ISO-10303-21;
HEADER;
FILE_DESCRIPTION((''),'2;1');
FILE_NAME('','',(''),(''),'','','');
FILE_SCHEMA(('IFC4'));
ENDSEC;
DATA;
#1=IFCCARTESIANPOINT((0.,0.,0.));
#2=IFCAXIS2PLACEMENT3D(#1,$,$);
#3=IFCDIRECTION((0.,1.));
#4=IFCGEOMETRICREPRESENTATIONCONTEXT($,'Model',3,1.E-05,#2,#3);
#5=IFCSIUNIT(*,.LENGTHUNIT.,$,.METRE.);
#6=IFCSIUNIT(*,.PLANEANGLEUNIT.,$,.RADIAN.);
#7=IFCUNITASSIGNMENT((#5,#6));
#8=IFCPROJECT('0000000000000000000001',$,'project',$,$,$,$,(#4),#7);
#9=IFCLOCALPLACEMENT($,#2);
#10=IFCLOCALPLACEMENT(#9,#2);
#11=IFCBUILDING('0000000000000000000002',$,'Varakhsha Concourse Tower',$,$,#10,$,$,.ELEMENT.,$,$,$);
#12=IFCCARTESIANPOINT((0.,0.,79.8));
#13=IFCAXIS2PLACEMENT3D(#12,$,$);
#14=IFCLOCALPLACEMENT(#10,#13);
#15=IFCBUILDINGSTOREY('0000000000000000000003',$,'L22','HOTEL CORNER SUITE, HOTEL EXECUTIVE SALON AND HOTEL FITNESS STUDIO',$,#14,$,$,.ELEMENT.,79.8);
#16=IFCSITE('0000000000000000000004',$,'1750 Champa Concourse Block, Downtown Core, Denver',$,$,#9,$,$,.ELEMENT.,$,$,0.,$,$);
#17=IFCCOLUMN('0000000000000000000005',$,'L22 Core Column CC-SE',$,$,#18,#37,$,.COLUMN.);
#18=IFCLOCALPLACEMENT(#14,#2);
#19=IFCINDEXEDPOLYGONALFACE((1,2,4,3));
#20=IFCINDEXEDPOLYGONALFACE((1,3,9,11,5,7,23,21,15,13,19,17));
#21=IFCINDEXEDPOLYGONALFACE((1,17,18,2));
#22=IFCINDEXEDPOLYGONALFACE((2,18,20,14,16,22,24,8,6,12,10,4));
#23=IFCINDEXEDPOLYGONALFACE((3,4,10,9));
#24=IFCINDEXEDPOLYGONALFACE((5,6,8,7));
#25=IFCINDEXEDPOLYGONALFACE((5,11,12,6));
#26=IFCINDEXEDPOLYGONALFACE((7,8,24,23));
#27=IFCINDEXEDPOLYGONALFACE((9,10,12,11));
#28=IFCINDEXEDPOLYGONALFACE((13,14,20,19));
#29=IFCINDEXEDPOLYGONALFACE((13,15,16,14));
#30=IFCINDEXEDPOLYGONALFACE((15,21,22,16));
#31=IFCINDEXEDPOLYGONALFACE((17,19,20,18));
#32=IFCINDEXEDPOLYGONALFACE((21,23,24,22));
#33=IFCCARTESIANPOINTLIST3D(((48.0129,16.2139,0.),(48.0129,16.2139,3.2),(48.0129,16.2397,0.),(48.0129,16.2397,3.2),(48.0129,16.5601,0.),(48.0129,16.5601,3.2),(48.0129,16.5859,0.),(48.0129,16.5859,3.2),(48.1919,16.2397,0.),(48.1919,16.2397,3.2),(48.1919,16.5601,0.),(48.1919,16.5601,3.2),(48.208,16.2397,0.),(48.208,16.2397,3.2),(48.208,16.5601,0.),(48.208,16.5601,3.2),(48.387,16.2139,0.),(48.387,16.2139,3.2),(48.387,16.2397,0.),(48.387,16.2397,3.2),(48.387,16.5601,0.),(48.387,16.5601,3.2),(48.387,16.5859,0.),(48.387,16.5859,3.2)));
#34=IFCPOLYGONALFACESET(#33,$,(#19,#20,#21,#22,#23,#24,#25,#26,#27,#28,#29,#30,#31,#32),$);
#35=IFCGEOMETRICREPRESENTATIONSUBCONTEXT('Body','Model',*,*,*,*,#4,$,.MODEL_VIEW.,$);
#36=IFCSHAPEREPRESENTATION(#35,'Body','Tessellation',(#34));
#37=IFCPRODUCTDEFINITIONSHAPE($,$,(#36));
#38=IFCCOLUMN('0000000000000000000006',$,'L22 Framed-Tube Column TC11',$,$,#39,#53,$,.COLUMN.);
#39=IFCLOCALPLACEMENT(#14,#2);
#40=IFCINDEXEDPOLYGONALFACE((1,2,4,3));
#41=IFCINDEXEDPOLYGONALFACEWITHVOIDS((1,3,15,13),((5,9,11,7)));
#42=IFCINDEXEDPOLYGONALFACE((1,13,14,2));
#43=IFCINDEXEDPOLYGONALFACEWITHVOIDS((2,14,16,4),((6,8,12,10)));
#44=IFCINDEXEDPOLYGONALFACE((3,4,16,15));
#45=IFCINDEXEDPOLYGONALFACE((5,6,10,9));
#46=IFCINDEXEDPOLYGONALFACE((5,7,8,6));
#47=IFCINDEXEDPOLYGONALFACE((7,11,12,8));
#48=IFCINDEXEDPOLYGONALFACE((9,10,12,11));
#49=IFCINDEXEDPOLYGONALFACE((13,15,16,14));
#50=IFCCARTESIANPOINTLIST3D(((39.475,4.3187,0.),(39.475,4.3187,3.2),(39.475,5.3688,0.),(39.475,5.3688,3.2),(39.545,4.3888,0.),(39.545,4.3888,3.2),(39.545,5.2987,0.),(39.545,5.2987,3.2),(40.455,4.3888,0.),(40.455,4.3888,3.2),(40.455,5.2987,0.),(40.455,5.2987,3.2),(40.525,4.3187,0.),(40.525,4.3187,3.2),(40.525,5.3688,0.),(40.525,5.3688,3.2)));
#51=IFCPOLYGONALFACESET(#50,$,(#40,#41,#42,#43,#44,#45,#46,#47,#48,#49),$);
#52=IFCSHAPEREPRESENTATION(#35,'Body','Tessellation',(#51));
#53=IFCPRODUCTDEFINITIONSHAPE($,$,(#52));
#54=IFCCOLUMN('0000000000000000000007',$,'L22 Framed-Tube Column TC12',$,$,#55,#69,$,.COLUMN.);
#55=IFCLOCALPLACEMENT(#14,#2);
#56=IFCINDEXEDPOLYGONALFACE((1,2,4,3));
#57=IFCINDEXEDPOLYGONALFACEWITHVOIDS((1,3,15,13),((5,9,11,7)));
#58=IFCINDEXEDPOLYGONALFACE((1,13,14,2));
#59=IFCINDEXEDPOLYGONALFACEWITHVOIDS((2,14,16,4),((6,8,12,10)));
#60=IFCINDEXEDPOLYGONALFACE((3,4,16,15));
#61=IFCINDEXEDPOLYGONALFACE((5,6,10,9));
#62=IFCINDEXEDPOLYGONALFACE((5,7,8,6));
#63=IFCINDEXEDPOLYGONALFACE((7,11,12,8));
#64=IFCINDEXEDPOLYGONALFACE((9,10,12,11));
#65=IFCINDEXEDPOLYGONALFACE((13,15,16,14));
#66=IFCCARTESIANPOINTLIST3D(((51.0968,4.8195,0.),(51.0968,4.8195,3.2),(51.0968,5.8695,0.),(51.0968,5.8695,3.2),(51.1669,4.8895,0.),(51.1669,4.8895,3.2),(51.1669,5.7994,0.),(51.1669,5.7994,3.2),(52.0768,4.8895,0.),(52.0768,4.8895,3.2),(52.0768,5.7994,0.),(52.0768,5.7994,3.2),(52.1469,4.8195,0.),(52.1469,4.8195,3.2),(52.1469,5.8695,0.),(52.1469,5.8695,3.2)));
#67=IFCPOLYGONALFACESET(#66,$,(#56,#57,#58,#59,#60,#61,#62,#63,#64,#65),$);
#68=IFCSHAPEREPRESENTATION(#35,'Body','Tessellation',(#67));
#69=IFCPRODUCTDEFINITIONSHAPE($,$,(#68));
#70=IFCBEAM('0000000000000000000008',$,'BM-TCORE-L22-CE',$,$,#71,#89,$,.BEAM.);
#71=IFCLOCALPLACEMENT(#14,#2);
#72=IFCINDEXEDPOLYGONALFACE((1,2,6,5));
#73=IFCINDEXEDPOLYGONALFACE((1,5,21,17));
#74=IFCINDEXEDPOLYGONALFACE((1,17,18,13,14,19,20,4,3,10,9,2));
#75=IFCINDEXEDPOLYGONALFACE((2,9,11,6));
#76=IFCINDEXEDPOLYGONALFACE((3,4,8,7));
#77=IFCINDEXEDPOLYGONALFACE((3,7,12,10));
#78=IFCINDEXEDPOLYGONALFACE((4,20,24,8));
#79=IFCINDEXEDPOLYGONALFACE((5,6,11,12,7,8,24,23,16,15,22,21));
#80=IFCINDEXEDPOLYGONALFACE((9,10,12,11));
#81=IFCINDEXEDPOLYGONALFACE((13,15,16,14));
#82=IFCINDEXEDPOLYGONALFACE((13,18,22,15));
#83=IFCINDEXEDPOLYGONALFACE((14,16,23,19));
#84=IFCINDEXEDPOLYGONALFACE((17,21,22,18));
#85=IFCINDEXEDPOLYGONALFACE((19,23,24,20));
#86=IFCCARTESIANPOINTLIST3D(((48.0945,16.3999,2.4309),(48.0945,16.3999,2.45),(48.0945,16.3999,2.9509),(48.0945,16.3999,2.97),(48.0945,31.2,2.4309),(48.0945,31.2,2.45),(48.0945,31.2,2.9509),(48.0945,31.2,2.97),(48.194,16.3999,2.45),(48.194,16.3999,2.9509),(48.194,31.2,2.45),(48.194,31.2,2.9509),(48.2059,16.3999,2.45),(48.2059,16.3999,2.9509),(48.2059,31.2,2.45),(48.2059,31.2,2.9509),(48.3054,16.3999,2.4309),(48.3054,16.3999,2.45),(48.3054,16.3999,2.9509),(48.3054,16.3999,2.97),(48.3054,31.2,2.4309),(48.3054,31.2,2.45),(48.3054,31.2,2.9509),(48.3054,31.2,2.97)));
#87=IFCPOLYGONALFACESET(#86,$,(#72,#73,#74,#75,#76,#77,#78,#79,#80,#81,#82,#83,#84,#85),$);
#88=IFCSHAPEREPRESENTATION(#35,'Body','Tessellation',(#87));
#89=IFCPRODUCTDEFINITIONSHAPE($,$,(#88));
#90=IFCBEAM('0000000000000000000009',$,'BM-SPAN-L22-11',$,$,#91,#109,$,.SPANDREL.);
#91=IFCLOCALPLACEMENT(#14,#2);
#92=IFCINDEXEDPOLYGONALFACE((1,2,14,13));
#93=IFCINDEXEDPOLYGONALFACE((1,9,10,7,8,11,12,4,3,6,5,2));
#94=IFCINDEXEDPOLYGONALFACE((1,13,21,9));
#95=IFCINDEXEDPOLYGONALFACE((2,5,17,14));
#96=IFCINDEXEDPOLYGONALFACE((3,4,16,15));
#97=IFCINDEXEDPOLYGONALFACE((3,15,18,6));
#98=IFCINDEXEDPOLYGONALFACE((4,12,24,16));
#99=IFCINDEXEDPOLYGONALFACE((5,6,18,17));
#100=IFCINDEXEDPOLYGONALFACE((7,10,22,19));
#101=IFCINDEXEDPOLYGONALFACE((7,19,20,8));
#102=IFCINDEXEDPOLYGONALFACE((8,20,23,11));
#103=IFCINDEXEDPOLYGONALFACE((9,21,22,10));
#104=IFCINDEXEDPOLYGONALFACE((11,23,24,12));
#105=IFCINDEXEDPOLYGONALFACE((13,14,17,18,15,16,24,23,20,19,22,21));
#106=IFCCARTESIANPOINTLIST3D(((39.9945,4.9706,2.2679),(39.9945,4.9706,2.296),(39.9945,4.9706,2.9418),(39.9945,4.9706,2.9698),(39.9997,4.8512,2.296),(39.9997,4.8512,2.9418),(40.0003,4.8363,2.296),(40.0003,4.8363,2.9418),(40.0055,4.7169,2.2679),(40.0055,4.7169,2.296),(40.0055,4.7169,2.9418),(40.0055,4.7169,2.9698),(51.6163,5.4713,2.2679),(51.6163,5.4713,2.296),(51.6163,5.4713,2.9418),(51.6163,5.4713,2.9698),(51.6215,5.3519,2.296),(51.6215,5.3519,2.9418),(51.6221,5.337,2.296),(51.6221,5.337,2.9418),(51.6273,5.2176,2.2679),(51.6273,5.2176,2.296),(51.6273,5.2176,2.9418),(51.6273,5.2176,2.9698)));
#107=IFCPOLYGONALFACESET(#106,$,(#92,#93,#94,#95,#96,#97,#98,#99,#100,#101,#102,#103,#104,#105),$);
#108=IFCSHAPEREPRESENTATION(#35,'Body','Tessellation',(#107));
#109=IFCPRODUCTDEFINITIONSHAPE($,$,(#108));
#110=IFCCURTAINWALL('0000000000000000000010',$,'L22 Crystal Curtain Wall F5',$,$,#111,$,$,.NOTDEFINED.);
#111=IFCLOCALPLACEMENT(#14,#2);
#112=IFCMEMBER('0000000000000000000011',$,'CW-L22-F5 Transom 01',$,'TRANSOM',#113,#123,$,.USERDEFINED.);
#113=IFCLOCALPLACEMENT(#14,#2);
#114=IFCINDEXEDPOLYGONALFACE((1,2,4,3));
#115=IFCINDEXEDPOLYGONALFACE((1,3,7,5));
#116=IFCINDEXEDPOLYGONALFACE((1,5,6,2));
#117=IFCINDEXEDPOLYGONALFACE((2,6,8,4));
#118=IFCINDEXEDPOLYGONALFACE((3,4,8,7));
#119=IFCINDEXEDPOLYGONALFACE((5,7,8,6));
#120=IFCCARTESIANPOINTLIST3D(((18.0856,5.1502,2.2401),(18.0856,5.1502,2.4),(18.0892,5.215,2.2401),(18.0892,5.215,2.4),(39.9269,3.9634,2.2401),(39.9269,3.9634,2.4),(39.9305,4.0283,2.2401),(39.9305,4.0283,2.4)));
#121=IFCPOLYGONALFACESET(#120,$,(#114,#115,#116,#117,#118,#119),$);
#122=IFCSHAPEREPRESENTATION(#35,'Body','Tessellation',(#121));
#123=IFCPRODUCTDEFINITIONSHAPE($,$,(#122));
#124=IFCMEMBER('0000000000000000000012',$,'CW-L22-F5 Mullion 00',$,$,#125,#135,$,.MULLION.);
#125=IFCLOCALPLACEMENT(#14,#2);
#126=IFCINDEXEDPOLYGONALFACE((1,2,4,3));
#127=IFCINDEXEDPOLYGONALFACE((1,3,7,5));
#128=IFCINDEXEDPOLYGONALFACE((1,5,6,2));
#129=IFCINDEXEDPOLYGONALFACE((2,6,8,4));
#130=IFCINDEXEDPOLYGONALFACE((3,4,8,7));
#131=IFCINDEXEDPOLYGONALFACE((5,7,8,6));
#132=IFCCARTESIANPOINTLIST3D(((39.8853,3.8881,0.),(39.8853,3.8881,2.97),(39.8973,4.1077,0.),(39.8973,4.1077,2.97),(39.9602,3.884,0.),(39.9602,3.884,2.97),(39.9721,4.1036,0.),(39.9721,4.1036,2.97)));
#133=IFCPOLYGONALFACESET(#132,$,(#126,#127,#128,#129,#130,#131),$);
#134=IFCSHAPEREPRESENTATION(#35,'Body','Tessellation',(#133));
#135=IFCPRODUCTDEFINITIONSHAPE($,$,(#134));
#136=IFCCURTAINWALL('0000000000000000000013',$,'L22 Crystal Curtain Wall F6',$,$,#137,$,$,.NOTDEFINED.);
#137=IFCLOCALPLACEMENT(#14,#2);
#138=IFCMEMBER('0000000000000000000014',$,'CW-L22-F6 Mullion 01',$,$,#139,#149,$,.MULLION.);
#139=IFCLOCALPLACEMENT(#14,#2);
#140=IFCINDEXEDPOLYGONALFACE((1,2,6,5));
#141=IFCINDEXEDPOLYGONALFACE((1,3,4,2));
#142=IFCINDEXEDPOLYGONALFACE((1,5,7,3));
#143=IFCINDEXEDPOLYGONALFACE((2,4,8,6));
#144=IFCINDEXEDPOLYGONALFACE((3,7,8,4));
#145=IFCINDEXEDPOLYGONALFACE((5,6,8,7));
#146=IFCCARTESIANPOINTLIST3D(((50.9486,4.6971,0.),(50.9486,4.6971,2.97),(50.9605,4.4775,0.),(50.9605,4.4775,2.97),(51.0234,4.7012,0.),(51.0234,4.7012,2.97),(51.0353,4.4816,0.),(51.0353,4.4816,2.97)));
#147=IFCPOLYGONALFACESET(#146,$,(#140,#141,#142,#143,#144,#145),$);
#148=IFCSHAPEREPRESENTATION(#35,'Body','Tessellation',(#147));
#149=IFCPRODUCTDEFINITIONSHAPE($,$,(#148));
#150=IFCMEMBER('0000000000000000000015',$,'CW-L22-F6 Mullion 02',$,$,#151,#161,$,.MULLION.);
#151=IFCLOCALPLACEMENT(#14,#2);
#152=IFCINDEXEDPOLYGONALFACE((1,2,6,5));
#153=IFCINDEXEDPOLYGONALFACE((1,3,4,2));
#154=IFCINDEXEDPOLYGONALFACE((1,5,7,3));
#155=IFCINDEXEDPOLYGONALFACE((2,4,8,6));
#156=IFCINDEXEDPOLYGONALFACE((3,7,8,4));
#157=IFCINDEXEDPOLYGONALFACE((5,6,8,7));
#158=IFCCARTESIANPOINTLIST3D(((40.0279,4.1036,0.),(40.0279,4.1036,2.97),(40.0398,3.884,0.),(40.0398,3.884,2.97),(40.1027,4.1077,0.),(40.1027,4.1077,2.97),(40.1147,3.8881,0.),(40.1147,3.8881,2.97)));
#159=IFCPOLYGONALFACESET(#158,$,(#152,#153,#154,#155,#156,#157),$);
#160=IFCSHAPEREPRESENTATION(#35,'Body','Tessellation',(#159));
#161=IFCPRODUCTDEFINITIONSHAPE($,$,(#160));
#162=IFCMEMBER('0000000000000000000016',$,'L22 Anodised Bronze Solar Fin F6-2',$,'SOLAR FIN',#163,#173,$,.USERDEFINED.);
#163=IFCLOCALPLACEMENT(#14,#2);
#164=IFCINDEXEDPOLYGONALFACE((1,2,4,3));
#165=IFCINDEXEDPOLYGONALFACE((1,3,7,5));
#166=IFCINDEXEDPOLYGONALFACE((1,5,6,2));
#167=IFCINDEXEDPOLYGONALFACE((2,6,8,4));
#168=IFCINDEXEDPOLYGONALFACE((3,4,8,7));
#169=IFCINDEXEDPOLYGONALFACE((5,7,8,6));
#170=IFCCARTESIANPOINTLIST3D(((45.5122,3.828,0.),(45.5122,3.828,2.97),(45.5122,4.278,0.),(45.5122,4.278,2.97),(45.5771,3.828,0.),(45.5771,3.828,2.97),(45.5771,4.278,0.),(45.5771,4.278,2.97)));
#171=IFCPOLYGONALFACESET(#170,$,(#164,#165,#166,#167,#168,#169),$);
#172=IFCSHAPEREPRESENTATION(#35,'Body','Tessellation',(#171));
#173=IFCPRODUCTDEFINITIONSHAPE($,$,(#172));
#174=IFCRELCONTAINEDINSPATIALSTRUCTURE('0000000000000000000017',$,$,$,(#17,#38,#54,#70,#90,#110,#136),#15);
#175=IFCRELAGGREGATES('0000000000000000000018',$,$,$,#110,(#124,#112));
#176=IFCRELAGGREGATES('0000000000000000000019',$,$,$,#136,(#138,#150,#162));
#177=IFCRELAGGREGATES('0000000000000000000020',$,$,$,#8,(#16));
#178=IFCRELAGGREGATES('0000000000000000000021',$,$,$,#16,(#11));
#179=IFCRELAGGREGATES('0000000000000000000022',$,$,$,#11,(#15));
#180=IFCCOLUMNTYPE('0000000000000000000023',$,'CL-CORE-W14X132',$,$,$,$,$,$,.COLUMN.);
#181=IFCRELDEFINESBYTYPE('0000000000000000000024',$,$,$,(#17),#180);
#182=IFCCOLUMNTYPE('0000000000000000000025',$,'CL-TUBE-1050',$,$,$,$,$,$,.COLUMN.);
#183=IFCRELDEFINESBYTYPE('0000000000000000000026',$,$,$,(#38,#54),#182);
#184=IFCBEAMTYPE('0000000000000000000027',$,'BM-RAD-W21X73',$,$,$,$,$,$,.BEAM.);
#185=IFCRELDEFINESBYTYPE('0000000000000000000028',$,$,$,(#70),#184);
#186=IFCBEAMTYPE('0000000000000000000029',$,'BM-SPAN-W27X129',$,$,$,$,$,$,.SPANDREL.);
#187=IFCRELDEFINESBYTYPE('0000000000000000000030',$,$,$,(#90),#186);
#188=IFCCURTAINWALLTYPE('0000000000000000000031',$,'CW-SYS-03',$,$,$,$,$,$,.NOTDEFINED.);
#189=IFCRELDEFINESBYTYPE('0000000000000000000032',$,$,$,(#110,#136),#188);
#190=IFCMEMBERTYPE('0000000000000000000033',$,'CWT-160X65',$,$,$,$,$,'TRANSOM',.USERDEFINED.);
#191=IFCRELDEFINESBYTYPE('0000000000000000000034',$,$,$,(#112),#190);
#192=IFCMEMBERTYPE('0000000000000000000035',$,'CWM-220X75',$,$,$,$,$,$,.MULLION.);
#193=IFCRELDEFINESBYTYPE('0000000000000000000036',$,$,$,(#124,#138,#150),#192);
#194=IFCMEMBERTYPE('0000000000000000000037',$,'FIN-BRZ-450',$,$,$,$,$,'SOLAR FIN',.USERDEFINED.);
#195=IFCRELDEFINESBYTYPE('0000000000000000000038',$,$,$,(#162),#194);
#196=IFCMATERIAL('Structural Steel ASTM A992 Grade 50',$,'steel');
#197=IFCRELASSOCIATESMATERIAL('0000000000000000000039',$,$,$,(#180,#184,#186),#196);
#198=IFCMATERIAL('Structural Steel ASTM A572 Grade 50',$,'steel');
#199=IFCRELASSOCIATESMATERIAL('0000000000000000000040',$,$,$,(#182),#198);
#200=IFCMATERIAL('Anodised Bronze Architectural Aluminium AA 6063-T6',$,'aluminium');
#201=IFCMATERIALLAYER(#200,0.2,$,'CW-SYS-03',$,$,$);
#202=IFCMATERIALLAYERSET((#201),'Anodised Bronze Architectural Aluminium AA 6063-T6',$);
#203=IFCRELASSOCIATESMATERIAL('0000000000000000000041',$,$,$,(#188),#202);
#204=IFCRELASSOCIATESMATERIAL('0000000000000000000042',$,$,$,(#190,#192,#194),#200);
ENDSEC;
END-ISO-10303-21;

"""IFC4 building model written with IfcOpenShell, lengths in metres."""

from ifc_helpers import new_model, si_unit, direction, frame, origin, origin_2d, place, context, subcontext, project, spatial, rectangle, hollow_rectangle, i_section, extrude, source, transform, mapped, material, layer, layer_set, material_profile, profile_set, type_object, type_shapes, element, aggregate, save


model = new_model("IFC4")

# Units and contexts
model_context = context("Model", 3, precision=1e-05, world=origin(), true_north=direction((0.0, 1.0)))
body_context = subcontext(model_context, "Body", "Model", "MODEL_VIEW")
ifc_project = project(units=[si_unit("LENGTHUNIT", "METRE"), si_unit("PLANEANGLEUNIT", "RADIAN")], contexts=[model_context])

# Site, building, storey
site_placement = place(None, origin())
site = spatial("IfcSite", under=ifc_project, at=site_placement, Name="1750 Champa Concourse Block, Downtown Core, Denver", CompositionType="ELEMENT", RefElevation=0.0)
building_placement = place(site_placement, origin())
building = spatial("IfcBuilding", under=site, at=building_placement, Name="Varakhsha Concourse Tower", CompositionType="ELEMENT")
storey_placement = place(building_placement, frame((0.0, 0.0, 79.8)))
storey = spatial("IfcBuildingStorey", under=building, at=storey_placement, Name="L22", Description="HOTEL CORNER SUITE, HOTEL EXECUTIVE SALON AND HOTEL FITNESS STUDIO", CompositionType="ELEMENT", Elevation=79.8)

# Columns
ifc_material_1 = material(Name="Structural Steel ASTM A992 Grade 50", Category="steel")
ifc_material_profile_1 = material_profile(ifc_material_1, i_section(OverallWidth=0.374, OverallDepth=0.3721, WebThickness=0.0161, FlangeThickness=0.0259, at=origin_2d()), Name="W14X132")
ifc_profile_set_1 = profile_set([ifc_material_profile_1], Name="Structural Steel ASTM A992 Grade 50")
column_type_1 = type_object("IfcColumnType", Name="CL-CORE-W14X132", PredefinedType="COLUMN", material=ifc_profile_set_1)
column_placement = place(storey_placement, frame((48.2, 16.3999, 0.0), z_axis=(0.0, 0.0, 1.0), x_axis=(1.0, 0.0, 0.0)))
element("IfcColumn", 1, at=column_placement, inside=storey, type_object=column_type_1, Name="L22 Core Column CC-SE", PredefinedType="COLUMN", context=body_context, shape_type="SweptSolid", body=[
    extrude(i_section(OverallWidth=0.374, OverallDepth=0.3721, WebThickness=0.0161, FlangeThickness=0.0259, at=origin_2d()), origin(), (0.0, 0.0, 1.0), 3.2),
])
ifc_material_2 = material(Name="Structural Steel ASTM A572 Grade 50", Category="steel")
ifc_material_profile_2 = material_profile(ifc_material_2, hollow_rectangle(XDim=1.05, YDim=1.05, WallThickness=0.0701, at=origin_2d()), Name="BOX 1050x1050x70")
ifc_profile_set_2 = profile_set([ifc_material_profile_2], Name="Structural Steel ASTM A572 Grade 50")
column_type_2 = type_object("IfcColumnType", Name="CL-TUBE-1050", PredefinedType="COLUMN", material=ifc_profile_set_2)
for number, where, z_axis, x_axis, name in (
    (2, (40.0, 4.8438, 0.0), (0.0, 0.0, 1.0), (1.0, 0.0, 0.0), "L22 Framed-Tube Column TC11"),
    (3, (51.6218, 5.3445, 0.0), (0.0, 0.0, 1.0), (1.0, 0.0, 0.0), "L22 Framed-Tube Column TC12"),
):
    element("IfcColumn", number, at=place(storey_placement, frame(where, z_axis=z_axis, x_axis=x_axis)), inside=storey, type_object=column_type_2, Name=name, PredefinedType="COLUMN", context=body_context, shape_type="SweptSolid", body=[
        extrude(hollow_rectangle(XDim=1.05, YDim=1.05, WallThickness=0.0701, at=origin_2d()), origin(), (0.0, 0.0, 1.0), 3.2),
    ])

# Beams
ifc_material_profile_3 = material_profile(ifc_material_1, i_section(OverallWidth=0.2109, OverallDepth=0.5391, WebThickness=0.012, FlangeThickness=0.019, at=origin_2d()), Name="W21X73")
ifc_profile_set_3 = profile_set([ifc_material_profile_3], Name="Structural Steel ASTM A992 Grade 50")
beam_type_1 = type_object("IfcBeamType", Name="BM-RAD-W21X73", PredefinedType="BEAM", material=ifc_profile_set_3)
beam_1_placement = place(storey_placement, frame((48.2, 16.3999, 2.7004), z_axis=(0.0, 1.0, 0.0), x_axis=(-1.0, 0.0, 0.0)))
element("IfcBeam", 4, at=beam_1_placement, inside=storey, type_object=beam_type_1, Name="BM-TCORE-L22-CE", PredefinedType="BEAM", context=body_context, shape_type="SweptSolid", body=[
    extrude(i_section(OverallWidth=0.2109, OverallDepth=0.5391, WebThickness=0.012, FlangeThickness=0.019, at=origin_2d()), origin(), (0.0, 0.0, 1.0), 14.8),
])
ifc_material_profile_4 = material_profile(ifc_material_1, i_section(OverallWidth=0.2539, OverallDepth=0.7019, WebThickness=0.0149, FlangeThickness=0.0281, at=origin_2d()), Name="W27X129")
ifc_profile_set_4 = profile_set([ifc_material_profile_4], Name="Structural Steel ASTM A992 Grade 50")
beam_type_2 = type_object("IfcBeamType", Name="BM-SPAN-W27X129", PredefinedType="SPANDREL", material=ifc_profile_set_4)
beam_2_placement = place(storey_placement, frame((40.0, 4.8438, 2.6189), z_axis=(0.999073, 0.043046, 0.0), x_axis=(-0.043046, 0.999073, 0.0)))
element("IfcBeam", 5, at=beam_2_placement, inside=storey, type_object=beam_type_2, Name="BM-SPAN-L22-11", PredefinedType="SPANDREL", context=body_context, shape_type="SweptSolid", body=[
    extrude(i_section(OverallWidth=0.2539, OverallDepth=0.7019, WebThickness=0.0149, FlangeThickness=0.0281, at=origin_2d()), origin(), (0.0, 0.0, 1.0), 11.6326),
])

# Curtain wall, members
ifc_material_3 = material(Name="Anodised Bronze Architectural Aluminium AA 6063-T6", Category="aluminium")
ifc_layer_1 = layer(ifc_material_3, 0.2, Name="CW-SYS-03")
ifc_layer_set_1 = layer_set([ifc_layer_1], Name="Anodised Bronze Architectural Aluminium AA 6063-T6")
curtain_wall_type = type_object("IfcCurtainWallType", Name="CW-SYS-03", PredefinedType="NOTDEFINED", material=ifc_layer_set_1)
curtain_wall_1_placement = place(storey_placement, origin())
curtain_wall_1 = element("IfcCurtainWall", 6, at=curtain_wall_1_placement, inside=storey, type_object=curtain_wall_type, Name="L22 Crystal Curtain Wall F5", PredefinedType="NOTDEFINED")
ifc_material_profile_5 = material_profile(ifc_material_3, rectangle(XDim=0.0649, YDim=0.1599, at=origin_2d()), Name="CWT-160X65")
ifc_profile_set_5 = profile_set([ifc_material_profile_5], Name="Anodised Bronze Architectural Aluminium AA 6063-T6")
member_type_1 = type_object("IfcMemberType", Name="CWT-160X65", ElementType="TRANSOM", PredefinedType="USERDEFINED", material=ifc_profile_set_5)
shared_shape_1 = source(origin(), body_context, "Body", "SweptSolid", [
    extrude(rectangle(XDim=0.0649, YDim=0.1599, at=origin_2d()), origin(), (0.0, 0.0, 1.0), 21.8735),
])
type_shapes(member_type_1, [shared_shape_1])
member_1_placement = place(storey_placement, frame((39.9287, 3.9958, 2.3201), z_axis=(-0.998527, 0.054256, 0.0), x_axis=(-0.054256, -0.998527, 0.0)))
member_1 = element("IfcMember", 7, at=member_1_placement, type_object=member_type_1, Name="CW-L22-F5 Transom 01", ObjectType="TRANSOM", PredefinedType="USERDEFINED", context=body_context, shape_type="MappedRepresentation", body=[
    mapped(shared_shape_1, transform((0.0, 0.0, 0.0), scale=1.0)),
])
ifc_material_profile_6 = material_profile(ifc_material_3, rectangle(XDim=0.075, YDim=0.22, at=origin_2d()), Name="CWM-220X75")
ifc_profile_set_6 = profile_set([ifc_material_profile_6], Name="Anodised Bronze Architectural Aluminium AA 6063-T6")
member_type_2 = type_object("IfcMemberType", Name="CWM-220X75", PredefinedType="MULLION", material=ifc_profile_set_6)
shared_shape_2 = source(origin(), body_context, "Body", "SweptSolid", [
    extrude(rectangle(XDim=0.075, YDim=0.22, at=origin_2d()), origin(), (0.0, 0.0, 1.0), 2.97),
])
type_shapes(member_type_2, [shared_shape_2])
member_2_placement = place(storey_placement, frame((39.9287, 3.9958, 0.0), z_axis=(0.0, 0.0, 1.0), x_axis=(-0.998527, 0.054257, 0.0)))
member_2 = element("IfcMember", 8, at=member_2_placement, type_object=member_type_2, Name="CW-L22-F5 Mullion 00", PredefinedType="MULLION", context=body_context, shape_type="MappedRepresentation", body=[
    mapped(shared_shape_2, transform((0.0, 0.0, 0.0), scale=1.0)),
])
aggregate(curtain_wall_1, [member_2, member_1])

# Curtain wall, members
curtain_wall_2_placement = place(storey_placement, origin())
curtain_wall_2 = element("IfcCurtainWall", 9, at=curtain_wall_2_placement, inside=storey, type_object=curtain_wall_type, Name="L22 Crystal Curtain Wall F6", PredefinedType="NOTDEFINED")
member_3_placement = place(storey_placement, frame((50.9919, 4.5894, 0.0), z_axis=(0.0, 0.0, 1.0), x_axis=(-0.998527, -0.054257, 0.0)))
member_3 = element("IfcMember", 10, at=member_3_placement, type_object=member_type_2, Name="CW-L22-F6 Mullion 01", PredefinedType="MULLION", context=body_context, shape_type="MappedRepresentation", body=[
    mapped(shared_shape_2, transform((0.0, 0.0, 0.0), scale=1.0)),
])
member_4_placement = place(storey_placement, frame((40.0713, 3.9958, 0.0), z_axis=(0.0, 0.0, 1.0), x_axis=(-0.998527, -0.054257, 0.0)))
member_4 = element("IfcMember", 11, at=member_4_placement, type_object=member_type_2, Name="CW-L22-F6 Mullion 02", PredefinedType="MULLION", context=body_context, shape_type="MappedRepresentation", body=[
    mapped(shared_shape_2, transform((0.0, 0.0, 0.0), scale=1.0)),
])
ifc_material_profile_7 = material_profile(ifc_material_3, rectangle(XDim=0.0649, YDim=0.45, at=origin_2d()), Name="FIN-BRZ-450")
ifc_profile_set_7 = profile_set([ifc_material_profile_7], Name="Anodised Bronze Architectural Aluminium AA 6063-T6")
member_type_3 = type_object("IfcMemberType", Name="FIN-BRZ-450", ElementType="SOLAR FIN", PredefinedType="USERDEFINED", material=ifc_profile_set_7)
shared_shape_3 = source(origin(), body_context, "Body", "SweptSolid", [
    extrude(rectangle(XDim=0.0649, YDim=0.45, at=origin_2d()), origin(), (0.0, 0.0, 1.0), 2.97),
])
type_shapes(member_type_3, [shared_shape_3])
member_5_placement = place(storey_placement, frame((45.5447, 4.053, 0.0), z_axis=(0.0, 0.0, 1.0), x_axis=(1.0, 0.0, 0.0)))
member_5 = element("IfcMember", 12, at=member_5_placement, type_object=member_type_3, Name="L22 Anodised Bronze Solar Fin F6-2", ObjectType="SOLAR FIN", PredefinedType="USERDEFINED", context=body_context, shape_type="MappedRepresentation", body=[
    mapped(shared_shape_3, transform((0.0, 0.0, 0.0), scale=1.0)),
])
aggregate(curtain_wall_2, [member_3, member_4, member_5])

save(model, "model.ifc")
